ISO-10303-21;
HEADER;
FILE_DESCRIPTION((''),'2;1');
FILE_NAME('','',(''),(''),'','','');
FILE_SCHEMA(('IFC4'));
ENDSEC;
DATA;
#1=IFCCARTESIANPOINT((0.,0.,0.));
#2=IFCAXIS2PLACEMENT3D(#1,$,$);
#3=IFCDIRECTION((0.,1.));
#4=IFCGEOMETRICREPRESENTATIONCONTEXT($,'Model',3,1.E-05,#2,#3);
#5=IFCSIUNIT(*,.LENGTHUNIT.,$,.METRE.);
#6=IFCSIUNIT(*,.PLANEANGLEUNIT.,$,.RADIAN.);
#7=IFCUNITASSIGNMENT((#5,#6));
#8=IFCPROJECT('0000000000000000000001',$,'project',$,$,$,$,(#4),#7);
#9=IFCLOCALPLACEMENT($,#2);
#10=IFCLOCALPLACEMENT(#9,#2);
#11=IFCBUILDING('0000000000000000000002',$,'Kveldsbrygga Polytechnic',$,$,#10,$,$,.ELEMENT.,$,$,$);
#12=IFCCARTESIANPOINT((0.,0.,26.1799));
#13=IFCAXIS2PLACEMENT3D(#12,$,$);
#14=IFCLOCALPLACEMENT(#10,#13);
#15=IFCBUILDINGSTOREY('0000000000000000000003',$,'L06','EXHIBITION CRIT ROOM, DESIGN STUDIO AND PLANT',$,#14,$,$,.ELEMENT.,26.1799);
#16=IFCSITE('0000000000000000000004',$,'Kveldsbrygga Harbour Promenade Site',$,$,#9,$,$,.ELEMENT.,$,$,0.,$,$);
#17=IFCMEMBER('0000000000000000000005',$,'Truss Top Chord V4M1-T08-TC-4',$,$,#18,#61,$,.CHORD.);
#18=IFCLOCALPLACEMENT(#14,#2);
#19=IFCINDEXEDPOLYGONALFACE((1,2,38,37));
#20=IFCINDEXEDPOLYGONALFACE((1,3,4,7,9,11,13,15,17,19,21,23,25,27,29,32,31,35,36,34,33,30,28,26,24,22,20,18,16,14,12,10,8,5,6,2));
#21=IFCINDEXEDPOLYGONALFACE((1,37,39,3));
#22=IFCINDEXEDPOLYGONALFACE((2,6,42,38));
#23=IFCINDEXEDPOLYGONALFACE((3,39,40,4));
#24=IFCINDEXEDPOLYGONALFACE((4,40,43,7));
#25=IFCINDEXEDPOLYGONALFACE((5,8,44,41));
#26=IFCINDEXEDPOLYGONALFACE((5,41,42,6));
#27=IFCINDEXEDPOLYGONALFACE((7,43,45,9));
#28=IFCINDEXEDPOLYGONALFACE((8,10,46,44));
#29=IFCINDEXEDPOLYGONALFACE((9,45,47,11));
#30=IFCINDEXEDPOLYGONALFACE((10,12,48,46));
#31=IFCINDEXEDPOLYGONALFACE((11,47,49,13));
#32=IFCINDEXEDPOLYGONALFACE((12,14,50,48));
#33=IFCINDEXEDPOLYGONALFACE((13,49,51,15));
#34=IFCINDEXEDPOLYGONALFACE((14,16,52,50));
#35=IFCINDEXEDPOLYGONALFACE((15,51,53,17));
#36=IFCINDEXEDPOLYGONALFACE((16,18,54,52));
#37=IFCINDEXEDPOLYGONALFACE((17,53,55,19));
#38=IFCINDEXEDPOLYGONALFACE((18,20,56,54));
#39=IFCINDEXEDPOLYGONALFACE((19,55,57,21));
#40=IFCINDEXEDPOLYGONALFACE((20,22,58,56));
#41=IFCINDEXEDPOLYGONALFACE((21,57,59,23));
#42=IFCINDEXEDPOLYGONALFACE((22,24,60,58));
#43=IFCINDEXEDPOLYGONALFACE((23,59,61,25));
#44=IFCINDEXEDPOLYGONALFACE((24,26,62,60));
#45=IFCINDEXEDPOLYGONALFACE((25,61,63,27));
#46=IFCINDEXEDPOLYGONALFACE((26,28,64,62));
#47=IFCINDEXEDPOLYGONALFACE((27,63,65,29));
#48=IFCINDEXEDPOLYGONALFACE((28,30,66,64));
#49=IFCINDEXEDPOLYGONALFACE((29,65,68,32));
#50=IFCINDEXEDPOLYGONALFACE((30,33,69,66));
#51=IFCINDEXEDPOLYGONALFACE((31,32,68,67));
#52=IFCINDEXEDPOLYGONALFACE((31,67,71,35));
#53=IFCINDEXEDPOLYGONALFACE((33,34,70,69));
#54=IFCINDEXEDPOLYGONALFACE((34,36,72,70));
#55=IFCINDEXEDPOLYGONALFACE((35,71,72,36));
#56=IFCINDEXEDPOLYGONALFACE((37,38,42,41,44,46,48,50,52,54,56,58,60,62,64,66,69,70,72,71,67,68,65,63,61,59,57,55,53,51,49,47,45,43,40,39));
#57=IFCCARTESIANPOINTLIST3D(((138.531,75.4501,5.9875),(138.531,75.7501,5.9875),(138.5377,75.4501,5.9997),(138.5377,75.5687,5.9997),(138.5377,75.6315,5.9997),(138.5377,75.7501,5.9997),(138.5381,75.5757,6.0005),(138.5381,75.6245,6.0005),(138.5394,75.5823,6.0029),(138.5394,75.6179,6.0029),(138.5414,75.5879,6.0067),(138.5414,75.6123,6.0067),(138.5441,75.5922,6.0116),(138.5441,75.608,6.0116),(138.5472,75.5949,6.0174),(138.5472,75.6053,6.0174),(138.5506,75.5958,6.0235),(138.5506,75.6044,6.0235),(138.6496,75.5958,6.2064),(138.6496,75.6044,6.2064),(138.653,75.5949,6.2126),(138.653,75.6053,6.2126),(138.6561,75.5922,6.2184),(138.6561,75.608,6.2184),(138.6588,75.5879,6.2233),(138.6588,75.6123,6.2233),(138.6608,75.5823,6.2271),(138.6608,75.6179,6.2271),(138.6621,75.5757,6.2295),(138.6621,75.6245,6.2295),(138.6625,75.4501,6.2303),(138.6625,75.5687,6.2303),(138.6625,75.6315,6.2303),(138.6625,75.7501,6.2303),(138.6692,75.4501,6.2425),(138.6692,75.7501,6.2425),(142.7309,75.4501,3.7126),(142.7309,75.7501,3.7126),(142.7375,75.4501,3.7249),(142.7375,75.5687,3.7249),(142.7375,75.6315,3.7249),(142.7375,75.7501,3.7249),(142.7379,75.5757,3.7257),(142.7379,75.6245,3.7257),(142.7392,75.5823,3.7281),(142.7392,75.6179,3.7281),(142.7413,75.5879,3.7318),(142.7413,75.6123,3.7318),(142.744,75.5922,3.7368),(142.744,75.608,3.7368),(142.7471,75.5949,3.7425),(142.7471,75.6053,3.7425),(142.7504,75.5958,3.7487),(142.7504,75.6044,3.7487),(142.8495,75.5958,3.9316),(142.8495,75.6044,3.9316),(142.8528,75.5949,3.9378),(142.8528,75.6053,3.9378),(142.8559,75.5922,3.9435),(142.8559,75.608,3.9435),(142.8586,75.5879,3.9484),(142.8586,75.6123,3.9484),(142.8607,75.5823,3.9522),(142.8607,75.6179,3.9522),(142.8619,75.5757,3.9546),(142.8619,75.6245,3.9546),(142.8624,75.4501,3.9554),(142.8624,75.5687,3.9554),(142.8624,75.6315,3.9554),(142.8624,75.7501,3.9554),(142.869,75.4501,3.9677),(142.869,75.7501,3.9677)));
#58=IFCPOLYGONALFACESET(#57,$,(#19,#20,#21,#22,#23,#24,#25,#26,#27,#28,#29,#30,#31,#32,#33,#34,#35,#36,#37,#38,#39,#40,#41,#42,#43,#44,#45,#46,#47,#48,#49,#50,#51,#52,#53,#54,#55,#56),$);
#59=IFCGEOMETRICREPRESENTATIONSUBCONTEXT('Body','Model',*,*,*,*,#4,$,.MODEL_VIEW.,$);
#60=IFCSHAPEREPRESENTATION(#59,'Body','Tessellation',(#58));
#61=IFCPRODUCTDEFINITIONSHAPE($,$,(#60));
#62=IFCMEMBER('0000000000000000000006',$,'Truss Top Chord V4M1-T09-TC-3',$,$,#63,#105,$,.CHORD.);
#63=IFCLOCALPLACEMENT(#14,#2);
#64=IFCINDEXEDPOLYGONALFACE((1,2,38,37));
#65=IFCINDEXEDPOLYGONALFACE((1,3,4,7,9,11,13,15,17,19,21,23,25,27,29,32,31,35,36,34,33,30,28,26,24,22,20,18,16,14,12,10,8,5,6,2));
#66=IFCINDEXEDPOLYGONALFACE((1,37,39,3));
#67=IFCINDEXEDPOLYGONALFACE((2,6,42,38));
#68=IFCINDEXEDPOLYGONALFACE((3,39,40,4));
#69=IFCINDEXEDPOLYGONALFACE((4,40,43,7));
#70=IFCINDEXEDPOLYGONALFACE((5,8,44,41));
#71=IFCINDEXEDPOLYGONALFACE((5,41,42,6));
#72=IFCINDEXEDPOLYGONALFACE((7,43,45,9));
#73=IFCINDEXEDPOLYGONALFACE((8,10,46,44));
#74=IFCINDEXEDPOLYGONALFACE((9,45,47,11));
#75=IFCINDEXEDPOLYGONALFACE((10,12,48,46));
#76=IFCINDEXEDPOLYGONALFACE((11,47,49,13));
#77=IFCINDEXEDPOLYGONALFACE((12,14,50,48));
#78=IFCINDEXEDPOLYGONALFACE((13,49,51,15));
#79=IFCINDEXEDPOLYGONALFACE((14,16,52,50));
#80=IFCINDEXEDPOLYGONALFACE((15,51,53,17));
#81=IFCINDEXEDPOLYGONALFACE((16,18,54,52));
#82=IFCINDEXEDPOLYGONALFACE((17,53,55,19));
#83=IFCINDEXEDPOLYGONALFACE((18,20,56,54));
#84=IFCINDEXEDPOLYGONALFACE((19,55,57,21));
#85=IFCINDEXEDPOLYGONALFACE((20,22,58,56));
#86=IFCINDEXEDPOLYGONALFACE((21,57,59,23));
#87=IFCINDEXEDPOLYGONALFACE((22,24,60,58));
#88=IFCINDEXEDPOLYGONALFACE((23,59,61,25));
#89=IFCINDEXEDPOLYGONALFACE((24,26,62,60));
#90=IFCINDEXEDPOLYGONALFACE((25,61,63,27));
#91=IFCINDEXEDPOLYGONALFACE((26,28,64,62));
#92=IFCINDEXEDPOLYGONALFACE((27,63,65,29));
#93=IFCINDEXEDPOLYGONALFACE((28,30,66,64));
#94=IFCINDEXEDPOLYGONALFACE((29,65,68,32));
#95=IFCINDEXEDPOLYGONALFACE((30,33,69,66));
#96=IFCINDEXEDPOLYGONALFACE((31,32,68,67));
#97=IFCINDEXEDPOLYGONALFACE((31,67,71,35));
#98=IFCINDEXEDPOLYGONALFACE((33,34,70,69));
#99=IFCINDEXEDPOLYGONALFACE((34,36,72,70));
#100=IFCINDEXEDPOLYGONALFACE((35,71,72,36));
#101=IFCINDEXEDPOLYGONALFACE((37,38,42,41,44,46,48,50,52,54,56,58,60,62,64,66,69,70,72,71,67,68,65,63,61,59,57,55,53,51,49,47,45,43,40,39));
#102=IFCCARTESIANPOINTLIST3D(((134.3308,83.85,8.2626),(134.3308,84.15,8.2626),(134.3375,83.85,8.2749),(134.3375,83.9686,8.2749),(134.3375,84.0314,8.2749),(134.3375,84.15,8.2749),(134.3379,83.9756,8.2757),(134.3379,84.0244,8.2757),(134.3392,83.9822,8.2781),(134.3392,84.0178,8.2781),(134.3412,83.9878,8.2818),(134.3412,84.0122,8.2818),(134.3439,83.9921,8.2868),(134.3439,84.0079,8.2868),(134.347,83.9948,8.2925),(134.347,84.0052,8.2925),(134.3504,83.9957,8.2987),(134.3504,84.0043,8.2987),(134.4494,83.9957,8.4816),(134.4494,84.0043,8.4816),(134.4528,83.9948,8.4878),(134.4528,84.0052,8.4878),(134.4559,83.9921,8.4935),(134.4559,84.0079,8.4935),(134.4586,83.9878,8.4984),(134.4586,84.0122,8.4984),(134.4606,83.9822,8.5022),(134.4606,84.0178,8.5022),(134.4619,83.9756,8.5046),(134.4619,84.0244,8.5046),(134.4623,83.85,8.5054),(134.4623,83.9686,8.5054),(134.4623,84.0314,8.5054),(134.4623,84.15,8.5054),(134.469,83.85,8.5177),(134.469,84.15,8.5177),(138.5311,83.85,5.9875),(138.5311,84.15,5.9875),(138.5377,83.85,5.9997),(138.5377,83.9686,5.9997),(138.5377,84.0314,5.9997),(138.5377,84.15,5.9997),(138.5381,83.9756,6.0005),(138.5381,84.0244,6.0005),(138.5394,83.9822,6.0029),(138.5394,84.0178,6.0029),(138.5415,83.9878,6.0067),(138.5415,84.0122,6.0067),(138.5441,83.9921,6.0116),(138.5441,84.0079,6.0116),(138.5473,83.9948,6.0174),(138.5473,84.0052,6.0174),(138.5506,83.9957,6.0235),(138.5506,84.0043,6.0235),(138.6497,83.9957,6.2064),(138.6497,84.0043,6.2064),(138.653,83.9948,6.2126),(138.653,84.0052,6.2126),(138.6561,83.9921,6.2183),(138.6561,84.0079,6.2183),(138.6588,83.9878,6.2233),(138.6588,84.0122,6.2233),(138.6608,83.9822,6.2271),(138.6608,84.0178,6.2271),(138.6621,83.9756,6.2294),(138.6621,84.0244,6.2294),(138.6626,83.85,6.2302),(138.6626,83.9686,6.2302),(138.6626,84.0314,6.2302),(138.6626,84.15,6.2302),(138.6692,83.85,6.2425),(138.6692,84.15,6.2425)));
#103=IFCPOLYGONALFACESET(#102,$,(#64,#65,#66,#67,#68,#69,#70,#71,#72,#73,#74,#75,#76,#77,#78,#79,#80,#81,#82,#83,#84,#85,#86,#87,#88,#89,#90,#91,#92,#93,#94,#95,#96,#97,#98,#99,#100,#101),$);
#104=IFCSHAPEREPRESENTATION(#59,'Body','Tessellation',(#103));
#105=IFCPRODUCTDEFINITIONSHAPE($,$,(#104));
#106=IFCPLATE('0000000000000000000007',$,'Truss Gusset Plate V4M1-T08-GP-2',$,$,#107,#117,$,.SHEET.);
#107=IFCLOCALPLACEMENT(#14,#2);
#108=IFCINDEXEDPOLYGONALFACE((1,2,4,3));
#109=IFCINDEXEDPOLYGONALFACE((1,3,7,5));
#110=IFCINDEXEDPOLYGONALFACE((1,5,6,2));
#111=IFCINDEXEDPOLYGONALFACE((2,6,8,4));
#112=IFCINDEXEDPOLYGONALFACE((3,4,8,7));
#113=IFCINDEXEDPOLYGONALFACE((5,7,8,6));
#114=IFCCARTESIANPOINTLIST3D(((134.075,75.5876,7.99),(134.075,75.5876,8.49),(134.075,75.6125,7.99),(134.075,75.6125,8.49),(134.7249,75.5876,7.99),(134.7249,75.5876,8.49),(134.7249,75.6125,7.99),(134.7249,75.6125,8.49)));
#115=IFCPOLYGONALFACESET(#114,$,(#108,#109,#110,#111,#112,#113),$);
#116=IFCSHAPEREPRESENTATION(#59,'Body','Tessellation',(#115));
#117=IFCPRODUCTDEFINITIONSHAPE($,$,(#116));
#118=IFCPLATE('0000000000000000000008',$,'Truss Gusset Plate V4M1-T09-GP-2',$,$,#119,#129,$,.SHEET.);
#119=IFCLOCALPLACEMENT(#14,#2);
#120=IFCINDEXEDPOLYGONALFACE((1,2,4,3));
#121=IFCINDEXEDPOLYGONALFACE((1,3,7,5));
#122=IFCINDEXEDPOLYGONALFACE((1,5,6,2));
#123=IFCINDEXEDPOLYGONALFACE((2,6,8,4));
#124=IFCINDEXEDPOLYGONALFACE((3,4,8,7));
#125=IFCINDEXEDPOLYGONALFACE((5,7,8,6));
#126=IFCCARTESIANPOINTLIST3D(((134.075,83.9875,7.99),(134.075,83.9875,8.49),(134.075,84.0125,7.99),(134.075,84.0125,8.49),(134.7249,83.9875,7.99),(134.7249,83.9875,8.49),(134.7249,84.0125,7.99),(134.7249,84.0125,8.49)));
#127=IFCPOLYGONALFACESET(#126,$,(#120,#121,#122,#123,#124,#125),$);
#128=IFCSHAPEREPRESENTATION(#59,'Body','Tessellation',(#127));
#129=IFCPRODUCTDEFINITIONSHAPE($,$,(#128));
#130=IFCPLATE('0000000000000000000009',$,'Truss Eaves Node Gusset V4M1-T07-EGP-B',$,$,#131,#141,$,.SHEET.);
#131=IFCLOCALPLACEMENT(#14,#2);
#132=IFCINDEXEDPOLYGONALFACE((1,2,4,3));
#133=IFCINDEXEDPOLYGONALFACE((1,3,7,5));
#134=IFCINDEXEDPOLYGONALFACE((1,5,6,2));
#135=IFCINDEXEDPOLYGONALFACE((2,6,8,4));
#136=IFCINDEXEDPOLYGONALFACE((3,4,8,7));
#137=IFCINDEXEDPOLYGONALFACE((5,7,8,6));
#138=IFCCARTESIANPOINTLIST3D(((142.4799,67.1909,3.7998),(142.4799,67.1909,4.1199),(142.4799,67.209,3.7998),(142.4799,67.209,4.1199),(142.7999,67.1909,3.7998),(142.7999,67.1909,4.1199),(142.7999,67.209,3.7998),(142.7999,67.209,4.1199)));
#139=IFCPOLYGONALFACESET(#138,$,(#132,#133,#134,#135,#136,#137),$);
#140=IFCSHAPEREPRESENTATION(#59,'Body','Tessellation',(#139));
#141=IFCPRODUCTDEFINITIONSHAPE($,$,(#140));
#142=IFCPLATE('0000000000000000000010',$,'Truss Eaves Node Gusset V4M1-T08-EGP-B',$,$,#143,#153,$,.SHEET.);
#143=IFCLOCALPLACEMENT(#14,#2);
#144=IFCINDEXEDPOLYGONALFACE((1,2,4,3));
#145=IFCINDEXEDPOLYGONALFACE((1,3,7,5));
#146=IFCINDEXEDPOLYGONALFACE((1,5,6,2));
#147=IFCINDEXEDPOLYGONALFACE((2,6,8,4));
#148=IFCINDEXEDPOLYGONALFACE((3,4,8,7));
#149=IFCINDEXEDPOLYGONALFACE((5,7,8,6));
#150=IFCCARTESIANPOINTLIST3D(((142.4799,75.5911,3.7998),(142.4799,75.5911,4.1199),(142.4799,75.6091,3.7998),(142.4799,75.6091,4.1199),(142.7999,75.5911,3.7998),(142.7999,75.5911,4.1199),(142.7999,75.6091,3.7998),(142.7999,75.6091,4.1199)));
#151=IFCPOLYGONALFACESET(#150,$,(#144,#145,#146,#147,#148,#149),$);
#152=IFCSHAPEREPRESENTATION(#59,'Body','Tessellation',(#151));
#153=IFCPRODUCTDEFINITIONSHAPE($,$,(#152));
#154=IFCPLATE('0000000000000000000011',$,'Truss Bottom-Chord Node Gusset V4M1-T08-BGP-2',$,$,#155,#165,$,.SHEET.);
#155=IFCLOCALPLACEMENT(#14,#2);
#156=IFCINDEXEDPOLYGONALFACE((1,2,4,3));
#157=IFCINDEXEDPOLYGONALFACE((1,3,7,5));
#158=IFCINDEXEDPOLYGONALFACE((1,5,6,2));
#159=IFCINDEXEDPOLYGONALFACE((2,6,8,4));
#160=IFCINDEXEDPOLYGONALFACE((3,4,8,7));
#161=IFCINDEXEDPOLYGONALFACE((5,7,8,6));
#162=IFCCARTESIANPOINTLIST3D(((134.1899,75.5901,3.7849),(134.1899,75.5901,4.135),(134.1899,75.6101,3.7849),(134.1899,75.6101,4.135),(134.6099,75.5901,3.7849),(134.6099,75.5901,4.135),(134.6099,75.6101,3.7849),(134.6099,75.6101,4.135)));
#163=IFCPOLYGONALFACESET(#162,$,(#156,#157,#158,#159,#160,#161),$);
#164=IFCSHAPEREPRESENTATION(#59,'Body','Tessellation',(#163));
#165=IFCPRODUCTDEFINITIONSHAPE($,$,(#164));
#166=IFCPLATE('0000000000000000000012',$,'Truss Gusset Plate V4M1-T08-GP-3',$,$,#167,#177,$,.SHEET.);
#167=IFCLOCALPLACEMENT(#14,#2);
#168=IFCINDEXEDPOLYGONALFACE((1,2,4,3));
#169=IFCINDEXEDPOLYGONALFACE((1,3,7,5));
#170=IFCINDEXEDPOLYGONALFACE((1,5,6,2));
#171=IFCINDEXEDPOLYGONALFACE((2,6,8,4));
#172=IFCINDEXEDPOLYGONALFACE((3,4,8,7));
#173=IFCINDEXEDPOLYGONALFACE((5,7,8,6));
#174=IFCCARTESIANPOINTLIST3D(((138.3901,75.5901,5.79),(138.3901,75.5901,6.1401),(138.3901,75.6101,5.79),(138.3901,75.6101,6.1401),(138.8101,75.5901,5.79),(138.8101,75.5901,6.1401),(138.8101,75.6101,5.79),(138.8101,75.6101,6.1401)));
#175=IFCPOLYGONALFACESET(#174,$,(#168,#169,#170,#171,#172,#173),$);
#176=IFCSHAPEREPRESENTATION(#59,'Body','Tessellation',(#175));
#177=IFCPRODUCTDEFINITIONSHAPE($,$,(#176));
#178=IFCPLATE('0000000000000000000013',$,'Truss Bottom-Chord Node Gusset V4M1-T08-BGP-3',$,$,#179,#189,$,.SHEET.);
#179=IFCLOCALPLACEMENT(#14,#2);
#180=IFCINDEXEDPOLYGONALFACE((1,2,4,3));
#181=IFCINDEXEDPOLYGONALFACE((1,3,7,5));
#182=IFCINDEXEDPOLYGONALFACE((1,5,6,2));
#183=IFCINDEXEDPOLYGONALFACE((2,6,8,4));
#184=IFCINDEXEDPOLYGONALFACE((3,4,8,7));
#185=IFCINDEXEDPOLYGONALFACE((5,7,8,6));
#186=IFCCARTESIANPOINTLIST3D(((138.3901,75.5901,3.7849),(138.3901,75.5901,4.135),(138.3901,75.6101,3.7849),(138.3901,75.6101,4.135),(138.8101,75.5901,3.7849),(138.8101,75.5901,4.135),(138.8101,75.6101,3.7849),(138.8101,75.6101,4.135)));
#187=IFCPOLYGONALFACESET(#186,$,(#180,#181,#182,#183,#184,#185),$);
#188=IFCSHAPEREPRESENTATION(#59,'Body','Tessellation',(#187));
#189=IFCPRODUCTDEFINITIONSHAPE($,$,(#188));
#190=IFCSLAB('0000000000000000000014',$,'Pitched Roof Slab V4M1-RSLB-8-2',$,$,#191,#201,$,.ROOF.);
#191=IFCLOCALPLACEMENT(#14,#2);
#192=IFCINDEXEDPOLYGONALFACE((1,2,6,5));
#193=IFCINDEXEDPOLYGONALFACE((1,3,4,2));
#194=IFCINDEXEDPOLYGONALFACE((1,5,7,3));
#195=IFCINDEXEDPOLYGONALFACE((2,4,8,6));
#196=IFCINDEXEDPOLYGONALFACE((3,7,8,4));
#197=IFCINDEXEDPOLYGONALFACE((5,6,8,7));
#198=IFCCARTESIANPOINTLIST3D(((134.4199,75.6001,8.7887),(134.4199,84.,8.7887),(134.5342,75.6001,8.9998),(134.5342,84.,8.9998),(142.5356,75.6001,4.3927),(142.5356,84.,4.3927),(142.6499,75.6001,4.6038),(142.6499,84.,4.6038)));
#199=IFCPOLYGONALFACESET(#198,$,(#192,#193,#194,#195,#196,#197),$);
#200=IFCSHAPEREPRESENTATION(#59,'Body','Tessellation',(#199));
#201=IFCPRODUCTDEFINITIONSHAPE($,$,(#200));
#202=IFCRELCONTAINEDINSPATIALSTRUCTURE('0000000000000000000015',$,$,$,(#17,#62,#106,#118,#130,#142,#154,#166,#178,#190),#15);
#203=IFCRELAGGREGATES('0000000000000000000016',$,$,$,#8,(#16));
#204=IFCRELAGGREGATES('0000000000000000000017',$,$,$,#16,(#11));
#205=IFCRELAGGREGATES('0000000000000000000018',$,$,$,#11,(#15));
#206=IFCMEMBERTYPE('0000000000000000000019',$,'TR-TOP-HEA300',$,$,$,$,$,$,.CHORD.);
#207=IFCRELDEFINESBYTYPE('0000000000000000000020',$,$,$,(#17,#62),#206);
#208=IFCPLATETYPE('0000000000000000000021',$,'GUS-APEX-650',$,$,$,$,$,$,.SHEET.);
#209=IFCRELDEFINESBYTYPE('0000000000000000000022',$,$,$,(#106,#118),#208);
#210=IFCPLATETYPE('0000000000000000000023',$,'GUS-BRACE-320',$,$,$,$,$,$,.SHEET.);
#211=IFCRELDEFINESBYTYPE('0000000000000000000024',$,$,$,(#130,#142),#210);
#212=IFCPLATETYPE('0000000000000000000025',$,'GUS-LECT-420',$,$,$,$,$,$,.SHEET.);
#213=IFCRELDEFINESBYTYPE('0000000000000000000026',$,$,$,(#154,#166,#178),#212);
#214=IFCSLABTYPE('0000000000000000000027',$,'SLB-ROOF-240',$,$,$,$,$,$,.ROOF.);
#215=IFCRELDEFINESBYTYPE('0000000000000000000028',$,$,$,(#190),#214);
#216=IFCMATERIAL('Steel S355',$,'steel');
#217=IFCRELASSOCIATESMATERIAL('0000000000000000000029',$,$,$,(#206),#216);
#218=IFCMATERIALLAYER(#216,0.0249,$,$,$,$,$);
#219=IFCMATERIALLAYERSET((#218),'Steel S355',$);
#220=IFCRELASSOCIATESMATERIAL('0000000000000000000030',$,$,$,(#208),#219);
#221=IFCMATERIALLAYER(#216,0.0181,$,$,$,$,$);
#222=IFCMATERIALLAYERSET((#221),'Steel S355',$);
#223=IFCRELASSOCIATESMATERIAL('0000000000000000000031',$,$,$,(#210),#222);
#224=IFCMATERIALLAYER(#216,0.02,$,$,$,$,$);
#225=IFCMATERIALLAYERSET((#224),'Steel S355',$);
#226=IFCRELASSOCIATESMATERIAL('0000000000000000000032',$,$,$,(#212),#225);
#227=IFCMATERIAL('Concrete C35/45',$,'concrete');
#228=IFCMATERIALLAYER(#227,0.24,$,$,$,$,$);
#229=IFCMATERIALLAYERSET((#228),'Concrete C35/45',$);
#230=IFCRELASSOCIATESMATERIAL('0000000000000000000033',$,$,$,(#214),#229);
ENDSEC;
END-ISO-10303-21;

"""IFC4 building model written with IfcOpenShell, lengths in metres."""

from ifc_helpers import new_model, si_unit, direction, frame, origin, origin_2d, place, context, subcontext, project, spatial, polyline, rectangle, i_section, outline, extrude, material, layer, layer_set, material_profile, profile_set, type_object, element, save


model = new_model("IFC4")

# Units and contexts
model_context = context("Model", 3, precision=1e-05, world=origin(), true_north=direction((0.0, 1.0)))
body_context = subcontext(model_context, "Body", "Model", "MODEL_VIEW")
ifc_project = project(units=[si_unit("LENGTHUNIT", "METRE"), si_unit("PLANEANGLEUNIT", "RADIAN")], contexts=[model_context])

# Site, building, storey
site_placement = place(None, origin())
site = spatial("IfcSite", under=ifc_project, at=site_placement, Name="Kveldsbrygga Harbour Promenade Site", CompositionType="ELEMENT", RefElevation=0.0)
building_placement = place(site_placement, origin())
building = spatial("IfcBuilding", under=site, at=building_placement, Name="Kveldsbrygga Polytechnic", CompositionType="ELEMENT")
storey_placement = place(building_placement, frame((0.0, 0.0, 26.1799)))
storey = spatial("IfcBuildingStorey", under=building, at=storey_placement, Name="L06", Description="EXHIBITION CRIT ROOM, DESIGN STUDIO AND PLANT", CompositionType="ELEMENT", Elevation=26.1799)

# Shared definitions
ifc_material_1 = material(Name="Steel S355", Category="steel")

# Members
ifc_material_profile_1 = material_profile(ifc_material_1, i_section(OverallWidth=0.3, OverallDepth=0.29, WebThickness=0.0085, FlangeThickness=0.0139, FilletRadius=0.0271, at=origin_2d()), Name="HEA 300")
ifc_profile_set_1 = profile_set([ifc_material_profile_1], Name="Steel S355")
member_type_1 = type_object("IfcMemberType", Name="TR-TOP-HEA300", PredefinedType="CHORD", material=ifc_profile_set_1)
member_1_placement = place(storey_placement, frame((138.6001, 75.6001, 6.115), z_axis=(0.879298, 0.0, -0.476272), x_axis=(0.0, 1.0, 0.0)))
element("IfcMember", 1, at=member_1_placement, inside=storey, type_object=member_type_1, Name="Truss Top Chord V4M1-T08-TC-4", PredefinedType="CHORD", context=body_context, shape_type="SweptSolid", body=[
    extrude(i_section(OverallWidth=0.3, OverallDepth=0.29, WebThickness=0.0085, FlangeThickness=0.0139, FilletRadius=0.0271, at=origin_2d()), origin(), (0.0, 0.0, 1.0), 4.7764),
])
member_2_placement = place(storey_placement, frame((134.3999, 84.0, 8.3901), z_axis=(0.879288, 0.0, -0.47629), x_axis=(0.0, 1.0, 0.0)))
element("IfcMember", 2, at=member_2_placement, inside=storey, type_object=member_type_1, Name="Truss Top Chord V4M1-T09-TC-3", PredefinedType="CHORD", context=body_context, shape_type="SweptSolid", body=[
    extrude(i_section(OverallWidth=0.3, OverallDepth=0.29, WebThickness=0.0085, FlangeThickness=0.0139, FilletRadius=0.0271, at=origin_2d()), origin(), (0.0, 0.0, 1.0), 4.7769),
])

# Plates
ifc_layer_1 = layer(ifc_material_1, 0.0249)
ifc_layer_set_1 = layer_set([ifc_layer_1], Name="Steel S355")
plate_type_1 = type_object("IfcPlateType", Name="GUS-APEX-650", PredefinedType="SHEET", material=ifc_layer_set_1)
for number, where, z_axis, x_axis, name in (
    (3, (134.3999, 75.6001, 7.99), (0.0, 0.0, 1.0), (1.0, 0.0, 0.0), "Truss Gusset Plate V4M1-T08-GP-2"),
    (4, (134.3999, 84.0, 7.99), (0.0, 0.0, 1.0), (1.0, 0.0, 0.0), "Truss Gusset Plate V4M1-T09-GP-2"),
):
    element("IfcPlate", number, at=place(storey_placement, frame(where, z_axis=z_axis, x_axis=x_axis)), inside=storey, type_object=plate_type_1, Name=name, PredefinedType="SHEET", context=body_context, shape_type="SweptSolid", body=[
        extrude(rectangle(XDim=0.6499, YDim=0.0249, at=origin_2d()), origin(), (0.0, 0.0, 1.0), 0.5),
    ])
ifc_layer_2 = layer(ifc_material_1, 0.0181)
ifc_layer_set_2 = layer_set([ifc_layer_2], Name="Steel S355")
plate_type_2 = type_object("IfcPlateType", Name="GUS-BRACE-320", PredefinedType="SHEET", material=ifc_layer_set_2)
for number, where, z_axis, x_axis, name in (
    (5, (142.6399, 67.2, 3.7998), (0.0, 0.0, 1.0), (1.0, 0.0, 0.0), "Truss Eaves Node Gusset V4M1-T07-EGP-B"),
    (6, (142.6399, 75.6001, 3.7998), (0.0, 0.0, 1.0), (1.0, 0.0, 0.0), "Truss Eaves Node Gusset V4M1-T08-EGP-B"),
):
    element("IfcPlate", number, at=place(storey_placement, frame(where, z_axis=z_axis, x_axis=x_axis)), inside=storey, type_object=plate_type_2, Name=name, PredefinedType="SHEET", context=body_context, shape_type="SweptSolid", body=[
        extrude(rectangle(XDim=0.3201, YDim=0.0181, at=origin_2d()), origin(), (0.0, 0.0, 1.0), 0.3201),
    ])
ifc_layer_3 = layer(ifc_material_1, 0.02)
ifc_layer_set_3 = layer_set([ifc_layer_3], Name="Steel S355")
plate_type_3 = type_object("IfcPlateType", Name="GUS-LECT-420", PredefinedType="SHEET", material=ifc_layer_set_3)
for number, where, z_axis, x_axis, name in (
    (7, (134.3999, 75.6001, 3.7849), (0.0, 0.0, 1.0), (1.0, 0.0, 0.0), "Truss Bottom-Chord Node Gusset V4M1-T08-BGP-2"),
    (8, (138.6001, 75.6001, 5.79), (0.0, 0.0, 1.0), (1.0, 0.0, 0.0), "Truss Gusset Plate V4M1-T08-GP-3"),
    (9, (138.6001, 75.6001, 3.7849), (0.0, 0.0, 1.0), (1.0, 0.0, 0.0), "Truss Bottom-Chord Node Gusset V4M1-T08-BGP-3"),
):
    element("IfcPlate", number, at=place(storey_placement, frame(where, z_axis=z_axis, x_axis=x_axis)), inside=storey, type_object=plate_type_3, Name=name, PredefinedType="SHEET", context=body_context, shape_type="SweptSolid", body=[
        extrude(rectangle(XDim=0.4199, YDim=0.02, at=origin_2d()), origin(), (0.0, 0.0, 1.0), 0.3501),
    ])

# Slab
ifc_material_2 = material(Name="Concrete C35/45", Category="concrete")
ifc_layer_4 = layer(ifc_material_2, 0.24)
ifc_layer_set_4 = layer_set([ifc_layer_4], Name="Concrete C35/45")
slab_type = type_object("IfcSlabType", Name="SLB-ROOF-240", PredefinedType="ROOF", material=ifc_layer_set_4)
slab_placement = place(storey_placement, frame((134.5342, 75.6001, 8.9998), z_axis=(0.476281, 0.0, 0.879293), x_axis=(0.879293, 0.0, -0.476281)))
element("IfcSlab", 10, at=slab_placement, inside=storey, type_object=slab_type, Name="Pitched Roof Slab V4M1-RSLB-8-2", PredefinedType="ROOF", context=body_context, shape_type="SweptSolid", body=[
    extrude(outline(polyline([(0.0, 0.0), (9.2298, 0.0), (9.2298, 8.3999), (0.0, 8.3999), (0.0, 0.0)])), origin(), (0.0, 0.0, -1.0), 0.24),
])

save(model, "model.ifc")
